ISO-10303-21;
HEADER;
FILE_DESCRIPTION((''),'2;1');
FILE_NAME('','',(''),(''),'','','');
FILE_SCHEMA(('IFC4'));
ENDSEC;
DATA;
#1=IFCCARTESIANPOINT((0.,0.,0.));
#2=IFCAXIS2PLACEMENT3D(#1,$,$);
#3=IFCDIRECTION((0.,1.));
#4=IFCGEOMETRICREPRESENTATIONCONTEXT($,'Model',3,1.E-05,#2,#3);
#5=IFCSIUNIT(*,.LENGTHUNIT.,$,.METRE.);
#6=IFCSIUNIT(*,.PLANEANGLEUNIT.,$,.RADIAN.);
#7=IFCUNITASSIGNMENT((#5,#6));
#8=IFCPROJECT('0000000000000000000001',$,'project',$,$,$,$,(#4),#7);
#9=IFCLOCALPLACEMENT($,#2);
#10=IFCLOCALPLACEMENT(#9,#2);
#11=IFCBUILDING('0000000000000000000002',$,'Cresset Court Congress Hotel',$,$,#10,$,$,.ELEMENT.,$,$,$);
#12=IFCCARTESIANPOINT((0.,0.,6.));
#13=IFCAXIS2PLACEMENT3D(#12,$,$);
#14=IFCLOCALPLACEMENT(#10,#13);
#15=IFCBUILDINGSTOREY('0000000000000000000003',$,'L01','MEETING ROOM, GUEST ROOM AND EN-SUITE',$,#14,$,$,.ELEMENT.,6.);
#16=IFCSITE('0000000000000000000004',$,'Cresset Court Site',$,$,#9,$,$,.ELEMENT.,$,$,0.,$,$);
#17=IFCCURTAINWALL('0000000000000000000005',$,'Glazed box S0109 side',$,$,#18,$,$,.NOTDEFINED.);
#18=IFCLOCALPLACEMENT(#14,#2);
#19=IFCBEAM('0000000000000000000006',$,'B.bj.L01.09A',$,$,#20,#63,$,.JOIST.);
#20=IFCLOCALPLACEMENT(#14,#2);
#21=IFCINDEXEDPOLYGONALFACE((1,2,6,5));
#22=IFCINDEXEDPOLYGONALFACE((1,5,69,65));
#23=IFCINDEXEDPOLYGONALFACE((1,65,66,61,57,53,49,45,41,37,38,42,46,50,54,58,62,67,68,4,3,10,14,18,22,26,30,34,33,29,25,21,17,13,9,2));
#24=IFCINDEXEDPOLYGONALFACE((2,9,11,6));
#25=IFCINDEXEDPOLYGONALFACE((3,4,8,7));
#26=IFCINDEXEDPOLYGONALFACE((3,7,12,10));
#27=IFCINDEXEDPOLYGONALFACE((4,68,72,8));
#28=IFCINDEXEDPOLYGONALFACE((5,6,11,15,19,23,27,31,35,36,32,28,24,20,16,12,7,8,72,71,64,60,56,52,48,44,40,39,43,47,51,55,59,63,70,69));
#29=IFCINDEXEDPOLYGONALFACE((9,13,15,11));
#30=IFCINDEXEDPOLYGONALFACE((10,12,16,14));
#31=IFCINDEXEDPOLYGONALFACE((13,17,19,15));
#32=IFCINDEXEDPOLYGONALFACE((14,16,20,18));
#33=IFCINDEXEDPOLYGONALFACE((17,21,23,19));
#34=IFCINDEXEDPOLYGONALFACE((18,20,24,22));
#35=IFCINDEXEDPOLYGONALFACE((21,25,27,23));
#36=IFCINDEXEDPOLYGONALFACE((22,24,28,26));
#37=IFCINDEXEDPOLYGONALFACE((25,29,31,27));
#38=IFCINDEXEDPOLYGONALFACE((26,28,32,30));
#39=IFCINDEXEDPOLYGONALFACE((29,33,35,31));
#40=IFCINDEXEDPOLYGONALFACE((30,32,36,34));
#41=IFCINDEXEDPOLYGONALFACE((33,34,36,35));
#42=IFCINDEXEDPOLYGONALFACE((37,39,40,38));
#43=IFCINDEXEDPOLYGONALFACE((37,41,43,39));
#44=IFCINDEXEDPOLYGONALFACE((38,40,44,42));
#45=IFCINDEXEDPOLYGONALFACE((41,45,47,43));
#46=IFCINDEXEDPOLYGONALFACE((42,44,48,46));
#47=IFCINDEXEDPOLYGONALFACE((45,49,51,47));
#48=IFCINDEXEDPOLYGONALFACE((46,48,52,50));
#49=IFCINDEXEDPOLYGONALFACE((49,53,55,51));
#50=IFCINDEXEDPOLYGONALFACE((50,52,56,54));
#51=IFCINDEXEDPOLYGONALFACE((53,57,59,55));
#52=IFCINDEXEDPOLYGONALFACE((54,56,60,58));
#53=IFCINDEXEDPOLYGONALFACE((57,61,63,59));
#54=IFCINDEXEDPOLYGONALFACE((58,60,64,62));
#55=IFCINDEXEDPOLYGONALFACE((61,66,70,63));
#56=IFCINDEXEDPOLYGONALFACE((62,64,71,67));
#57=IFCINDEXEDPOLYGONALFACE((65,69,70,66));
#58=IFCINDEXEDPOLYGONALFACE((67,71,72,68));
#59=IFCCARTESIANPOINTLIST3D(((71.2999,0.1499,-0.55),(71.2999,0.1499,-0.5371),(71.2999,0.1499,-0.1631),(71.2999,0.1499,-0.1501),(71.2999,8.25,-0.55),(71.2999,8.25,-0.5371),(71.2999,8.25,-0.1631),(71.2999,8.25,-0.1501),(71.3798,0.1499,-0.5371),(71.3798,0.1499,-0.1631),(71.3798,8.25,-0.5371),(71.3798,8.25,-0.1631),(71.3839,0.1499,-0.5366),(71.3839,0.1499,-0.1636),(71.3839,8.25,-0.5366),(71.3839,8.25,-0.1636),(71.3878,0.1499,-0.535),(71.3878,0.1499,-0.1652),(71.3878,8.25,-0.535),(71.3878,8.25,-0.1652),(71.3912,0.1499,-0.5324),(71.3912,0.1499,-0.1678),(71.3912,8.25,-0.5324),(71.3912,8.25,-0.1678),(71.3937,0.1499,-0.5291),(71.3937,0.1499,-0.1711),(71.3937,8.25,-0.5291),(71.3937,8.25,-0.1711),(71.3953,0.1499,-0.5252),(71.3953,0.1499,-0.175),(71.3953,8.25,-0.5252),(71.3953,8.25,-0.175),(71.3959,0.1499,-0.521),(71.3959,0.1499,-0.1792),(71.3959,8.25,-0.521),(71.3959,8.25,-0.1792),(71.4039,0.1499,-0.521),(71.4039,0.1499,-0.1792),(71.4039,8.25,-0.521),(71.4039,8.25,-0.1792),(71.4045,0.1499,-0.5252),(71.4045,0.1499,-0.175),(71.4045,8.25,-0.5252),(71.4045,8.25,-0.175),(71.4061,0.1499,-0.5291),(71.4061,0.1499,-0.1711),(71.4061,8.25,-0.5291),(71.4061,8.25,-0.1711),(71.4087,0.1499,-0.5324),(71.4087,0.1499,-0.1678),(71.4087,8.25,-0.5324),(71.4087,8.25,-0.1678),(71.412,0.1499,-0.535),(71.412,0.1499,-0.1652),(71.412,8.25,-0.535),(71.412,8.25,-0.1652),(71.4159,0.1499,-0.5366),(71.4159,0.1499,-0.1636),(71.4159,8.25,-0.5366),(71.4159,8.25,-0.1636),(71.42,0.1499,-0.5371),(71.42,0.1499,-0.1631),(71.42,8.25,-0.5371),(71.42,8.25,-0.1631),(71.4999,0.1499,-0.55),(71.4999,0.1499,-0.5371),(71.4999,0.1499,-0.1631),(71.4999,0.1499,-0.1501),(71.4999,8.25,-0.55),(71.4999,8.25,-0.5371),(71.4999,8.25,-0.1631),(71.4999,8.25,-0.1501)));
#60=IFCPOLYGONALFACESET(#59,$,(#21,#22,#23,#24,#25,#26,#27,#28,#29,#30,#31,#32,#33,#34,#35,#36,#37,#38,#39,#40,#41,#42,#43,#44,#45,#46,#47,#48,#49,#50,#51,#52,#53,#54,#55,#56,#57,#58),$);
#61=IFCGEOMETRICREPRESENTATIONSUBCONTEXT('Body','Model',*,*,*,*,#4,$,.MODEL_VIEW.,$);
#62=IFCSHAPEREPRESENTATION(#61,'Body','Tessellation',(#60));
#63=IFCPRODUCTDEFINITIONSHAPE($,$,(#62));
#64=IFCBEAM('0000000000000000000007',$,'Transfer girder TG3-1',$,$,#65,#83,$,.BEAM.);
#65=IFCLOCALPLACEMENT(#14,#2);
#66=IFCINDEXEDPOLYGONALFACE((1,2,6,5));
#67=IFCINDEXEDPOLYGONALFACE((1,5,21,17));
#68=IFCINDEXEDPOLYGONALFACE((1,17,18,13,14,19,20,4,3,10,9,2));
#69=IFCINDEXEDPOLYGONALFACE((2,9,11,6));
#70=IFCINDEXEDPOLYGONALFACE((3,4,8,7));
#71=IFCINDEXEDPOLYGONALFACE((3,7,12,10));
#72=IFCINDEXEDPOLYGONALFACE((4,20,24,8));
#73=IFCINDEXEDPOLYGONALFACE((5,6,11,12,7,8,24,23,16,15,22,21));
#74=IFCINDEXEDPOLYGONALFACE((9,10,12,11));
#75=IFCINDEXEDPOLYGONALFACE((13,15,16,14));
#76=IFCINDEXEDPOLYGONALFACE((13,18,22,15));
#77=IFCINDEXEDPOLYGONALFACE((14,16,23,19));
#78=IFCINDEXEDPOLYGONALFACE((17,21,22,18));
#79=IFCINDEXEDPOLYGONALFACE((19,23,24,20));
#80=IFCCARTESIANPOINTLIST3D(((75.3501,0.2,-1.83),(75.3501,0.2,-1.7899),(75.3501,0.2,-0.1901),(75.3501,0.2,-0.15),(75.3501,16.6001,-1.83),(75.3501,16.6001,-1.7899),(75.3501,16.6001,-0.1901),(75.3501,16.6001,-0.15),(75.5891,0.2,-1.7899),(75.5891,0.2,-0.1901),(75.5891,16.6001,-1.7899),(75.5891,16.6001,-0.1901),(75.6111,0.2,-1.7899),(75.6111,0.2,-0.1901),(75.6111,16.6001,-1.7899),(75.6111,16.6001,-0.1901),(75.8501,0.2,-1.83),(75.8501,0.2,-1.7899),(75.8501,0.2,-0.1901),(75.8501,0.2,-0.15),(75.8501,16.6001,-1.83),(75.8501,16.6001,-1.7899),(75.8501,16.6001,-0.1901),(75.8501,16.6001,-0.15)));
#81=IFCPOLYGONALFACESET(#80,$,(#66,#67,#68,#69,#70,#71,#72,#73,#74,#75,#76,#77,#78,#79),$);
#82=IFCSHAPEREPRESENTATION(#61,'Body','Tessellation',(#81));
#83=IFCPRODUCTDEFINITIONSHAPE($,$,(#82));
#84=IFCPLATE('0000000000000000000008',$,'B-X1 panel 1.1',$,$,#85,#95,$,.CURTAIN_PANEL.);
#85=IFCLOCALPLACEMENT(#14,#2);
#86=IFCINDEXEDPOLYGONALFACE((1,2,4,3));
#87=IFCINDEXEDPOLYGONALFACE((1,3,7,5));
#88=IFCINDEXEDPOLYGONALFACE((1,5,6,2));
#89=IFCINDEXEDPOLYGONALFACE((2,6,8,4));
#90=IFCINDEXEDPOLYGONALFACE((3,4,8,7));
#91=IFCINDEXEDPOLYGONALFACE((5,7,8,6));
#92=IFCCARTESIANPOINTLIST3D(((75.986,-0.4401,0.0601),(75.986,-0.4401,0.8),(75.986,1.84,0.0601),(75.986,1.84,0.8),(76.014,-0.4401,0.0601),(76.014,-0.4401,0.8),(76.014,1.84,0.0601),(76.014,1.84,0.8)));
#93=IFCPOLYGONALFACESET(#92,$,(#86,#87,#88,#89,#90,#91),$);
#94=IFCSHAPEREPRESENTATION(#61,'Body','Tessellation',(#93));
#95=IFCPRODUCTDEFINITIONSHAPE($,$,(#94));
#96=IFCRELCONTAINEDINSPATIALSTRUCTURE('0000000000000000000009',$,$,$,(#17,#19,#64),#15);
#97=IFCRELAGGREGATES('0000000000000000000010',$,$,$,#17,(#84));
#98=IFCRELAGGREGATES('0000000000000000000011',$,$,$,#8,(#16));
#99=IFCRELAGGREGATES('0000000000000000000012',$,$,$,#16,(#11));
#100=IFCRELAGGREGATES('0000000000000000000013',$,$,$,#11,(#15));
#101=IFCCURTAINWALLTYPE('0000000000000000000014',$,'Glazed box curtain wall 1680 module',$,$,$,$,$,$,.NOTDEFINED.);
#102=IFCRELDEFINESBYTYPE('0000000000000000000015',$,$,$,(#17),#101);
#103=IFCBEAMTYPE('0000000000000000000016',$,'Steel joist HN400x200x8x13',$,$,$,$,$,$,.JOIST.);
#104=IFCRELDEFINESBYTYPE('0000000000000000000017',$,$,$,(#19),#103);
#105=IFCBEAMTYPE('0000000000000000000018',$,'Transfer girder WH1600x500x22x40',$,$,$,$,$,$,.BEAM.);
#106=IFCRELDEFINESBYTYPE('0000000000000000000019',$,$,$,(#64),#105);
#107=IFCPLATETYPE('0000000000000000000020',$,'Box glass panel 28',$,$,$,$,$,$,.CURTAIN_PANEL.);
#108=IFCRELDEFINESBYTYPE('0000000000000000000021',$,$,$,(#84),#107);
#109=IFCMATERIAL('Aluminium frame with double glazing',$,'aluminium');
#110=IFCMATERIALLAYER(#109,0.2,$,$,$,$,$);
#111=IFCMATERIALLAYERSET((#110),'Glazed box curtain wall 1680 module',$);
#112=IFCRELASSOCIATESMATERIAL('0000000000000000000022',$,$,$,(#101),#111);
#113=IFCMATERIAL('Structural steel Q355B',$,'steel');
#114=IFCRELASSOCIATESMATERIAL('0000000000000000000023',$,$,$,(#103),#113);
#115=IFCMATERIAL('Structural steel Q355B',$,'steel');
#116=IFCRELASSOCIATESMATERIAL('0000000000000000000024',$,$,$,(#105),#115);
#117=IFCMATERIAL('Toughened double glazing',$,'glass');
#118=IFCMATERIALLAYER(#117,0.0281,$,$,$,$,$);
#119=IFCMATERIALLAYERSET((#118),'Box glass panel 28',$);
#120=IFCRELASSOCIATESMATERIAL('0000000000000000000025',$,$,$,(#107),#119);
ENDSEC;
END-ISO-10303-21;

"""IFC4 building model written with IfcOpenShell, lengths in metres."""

from ifc_helpers import new_model, si_unit, direction, frame, origin, origin_2d, place, context, subcontext, project, spatial, rectangle, i_section, extrude, material, layer, layer_set, material_profile, profile_set, type_object, element, aggregate, save


model = new_model("IFC4")

# Units and contexts
model_context = context("Model", 3, precision=1e-05, world=origin(), true_north=direction((0.0, 1.0)))
body_context = subcontext(model_context, "Body", "Model", "MODEL_VIEW")
ifc_project = project(units=[si_unit("LENGTHUNIT", "METRE"), si_unit("PLANEANGLEUNIT", "RADIAN")], contexts=[model_context])

# Site, building, storey
site_placement = place(None, origin())
site = spatial("IfcSite", under=ifc_project, at=site_placement, Name="Cresset Court Site", CompositionType="ELEMENT", RefElevation=0.0)
building_placement = place(site_placement, origin())
building = spatial("IfcBuilding", under=site, at=building_placement, Name="Cresset Court Congress Hotel", CompositionType="ELEMENT")
storey_placement = place(building_placement, frame((0.0, 0.0, 6.0)))
storey = spatial("IfcBuildingStorey", under=building, at=storey_placement, Name="L01", Description="MEETING ROOM, GUEST ROOM AND EN-SUITE", CompositionType="ELEMENT", Elevation=6.0)

# Curtain wall
ifc_material_1 = material(Name="Aluminium frame with double glazing", Category="aluminium")
ifc_layer_1 = layer(ifc_material_1, 0.2)
ifc_layer_set_1 = layer_set([ifc_layer_1], Name="Glazed box curtain wall 1680 module")
curtain_wall_type = type_object("IfcCurtainWallType", Name="Glazed box curtain wall 1680 module", PredefinedType="NOTDEFINED", material=ifc_layer_set_1)
curtain_wall_placement = place(storey_placement, origin())
curtain_wall = element("IfcCurtainWall", 1, at=curtain_wall_placement, inside=storey, type_object=curtain_wall_type, Name="Glazed box S0109 side", PredefinedType="NOTDEFINED")

# Beams
ifc_material_2 = material(Name="Structural steel Q355B", Category="steel")
ifc_material_profile_1 = material_profile(ifc_material_2, i_section(OverallWidth=0.2, OverallDepth=0.3999, WebThickness=0.0081, FlangeThickness=0.0129, FilletRadius=0.0161, at=origin_2d()), Name="HN400x200x8x13")
ifc_profile_set_1 = profile_set([ifc_material_profile_1], Name="Structural steel Q355B")
beam_type_1 = type_object("IfcBeamType", Name="Steel joist HN400x200x8x13", PredefinedType="JOIST", material=ifc_profile_set_1)
beam_1_placement = place(storey_placement, frame((71.3999, 0.1499, -0.3501), z_axis=(0.0, 1.0, 0.0), x_axis=(-1.0, 0.0, 0.0)))
element("IfcBeam", 2, at=beam_1_placement, inside=storey, type_object=beam_type_1, Name="B.bj.L01.09A", PredefinedType="JOIST", context=body_context, shape_type="SweptSolid", body=[
    extrude(i_section(OverallWidth=0.2, OverallDepth=0.3999, WebThickness=0.0081, FlangeThickness=0.0129, FilletRadius=0.0161, at=origin_2d()), origin(), (0.0, 0.0, 1.0), 8.1001),
])
ifc_material_3 = material(Name="Structural steel Q355B", Category="steel")
ifc_material_profile_2 = material_profile(ifc_material_3, i_section(OverallWidth=0.5, OverallDepth=1.6799, WebThickness=0.022, FlangeThickness=0.04, at=origin_2d()), Name="WH1600x500x22x40")
ifc_profile_set_2 = profile_set([ifc_material_profile_2], Name="Structural steel Q355B")
beam_type_2 = type_object("IfcBeamType", Name="Transfer girder WH1600x500x22x40", PredefinedType="BEAM", material=ifc_profile_set_2)
beam_2_placement = place(storey_placement, frame((75.6001, 0.2, -0.99), z_axis=(0.0, 1.0, 0.0), x_axis=(-1.0, 0.0, 0.0)))
element("IfcBeam", 3, at=beam_2_placement, inside=storey, type_object=beam_type_2, Name="Transfer girder TG3-1", PredefinedType="BEAM", context=body_context, shape_type="SweptSolid", body=[
    extrude(i_section(OverallWidth=0.5, OverallDepth=1.6799, WebThickness=0.022, FlangeThickness=0.04, at=origin_2d()), origin(), (0.0, 0.0, 1.0), 16.4001),
])

# Plate
ifc_material_4 = material(Name="Toughened double glazing", Category="glass")
ifc_layer_2 = layer(ifc_material_4, 0.0281)
ifc_layer_set_2 = layer_set([ifc_layer_2], Name="Box glass panel 28")
plate_type = type_object("IfcPlateType", Name="Box glass panel 28", PredefinedType="CURTAIN_PANEL", material=ifc_layer_set_2)
plate_placement = place(storey_placement, frame((76.0, 0.7, 0.0601), z_axis=(0.0, 0.0, 1.0), x_axis=(0.0, 1.0, 0.0)))
plate = element("IfcPlate", 4, at=plate_placement, type_object=plate_type, Name="B-X1 panel 1.1", PredefinedType="CURTAIN_PANEL", context=body_context, shape_type="SweptSolid", body=[
    extrude(rectangle(XDim=2.28, YDim=0.0281, at=origin_2d()), origin(), (0.0, 0.0, 1.0), 0.74),
])
aggregate(curtain_wall, [plate])

save(model, "model.ifc")
